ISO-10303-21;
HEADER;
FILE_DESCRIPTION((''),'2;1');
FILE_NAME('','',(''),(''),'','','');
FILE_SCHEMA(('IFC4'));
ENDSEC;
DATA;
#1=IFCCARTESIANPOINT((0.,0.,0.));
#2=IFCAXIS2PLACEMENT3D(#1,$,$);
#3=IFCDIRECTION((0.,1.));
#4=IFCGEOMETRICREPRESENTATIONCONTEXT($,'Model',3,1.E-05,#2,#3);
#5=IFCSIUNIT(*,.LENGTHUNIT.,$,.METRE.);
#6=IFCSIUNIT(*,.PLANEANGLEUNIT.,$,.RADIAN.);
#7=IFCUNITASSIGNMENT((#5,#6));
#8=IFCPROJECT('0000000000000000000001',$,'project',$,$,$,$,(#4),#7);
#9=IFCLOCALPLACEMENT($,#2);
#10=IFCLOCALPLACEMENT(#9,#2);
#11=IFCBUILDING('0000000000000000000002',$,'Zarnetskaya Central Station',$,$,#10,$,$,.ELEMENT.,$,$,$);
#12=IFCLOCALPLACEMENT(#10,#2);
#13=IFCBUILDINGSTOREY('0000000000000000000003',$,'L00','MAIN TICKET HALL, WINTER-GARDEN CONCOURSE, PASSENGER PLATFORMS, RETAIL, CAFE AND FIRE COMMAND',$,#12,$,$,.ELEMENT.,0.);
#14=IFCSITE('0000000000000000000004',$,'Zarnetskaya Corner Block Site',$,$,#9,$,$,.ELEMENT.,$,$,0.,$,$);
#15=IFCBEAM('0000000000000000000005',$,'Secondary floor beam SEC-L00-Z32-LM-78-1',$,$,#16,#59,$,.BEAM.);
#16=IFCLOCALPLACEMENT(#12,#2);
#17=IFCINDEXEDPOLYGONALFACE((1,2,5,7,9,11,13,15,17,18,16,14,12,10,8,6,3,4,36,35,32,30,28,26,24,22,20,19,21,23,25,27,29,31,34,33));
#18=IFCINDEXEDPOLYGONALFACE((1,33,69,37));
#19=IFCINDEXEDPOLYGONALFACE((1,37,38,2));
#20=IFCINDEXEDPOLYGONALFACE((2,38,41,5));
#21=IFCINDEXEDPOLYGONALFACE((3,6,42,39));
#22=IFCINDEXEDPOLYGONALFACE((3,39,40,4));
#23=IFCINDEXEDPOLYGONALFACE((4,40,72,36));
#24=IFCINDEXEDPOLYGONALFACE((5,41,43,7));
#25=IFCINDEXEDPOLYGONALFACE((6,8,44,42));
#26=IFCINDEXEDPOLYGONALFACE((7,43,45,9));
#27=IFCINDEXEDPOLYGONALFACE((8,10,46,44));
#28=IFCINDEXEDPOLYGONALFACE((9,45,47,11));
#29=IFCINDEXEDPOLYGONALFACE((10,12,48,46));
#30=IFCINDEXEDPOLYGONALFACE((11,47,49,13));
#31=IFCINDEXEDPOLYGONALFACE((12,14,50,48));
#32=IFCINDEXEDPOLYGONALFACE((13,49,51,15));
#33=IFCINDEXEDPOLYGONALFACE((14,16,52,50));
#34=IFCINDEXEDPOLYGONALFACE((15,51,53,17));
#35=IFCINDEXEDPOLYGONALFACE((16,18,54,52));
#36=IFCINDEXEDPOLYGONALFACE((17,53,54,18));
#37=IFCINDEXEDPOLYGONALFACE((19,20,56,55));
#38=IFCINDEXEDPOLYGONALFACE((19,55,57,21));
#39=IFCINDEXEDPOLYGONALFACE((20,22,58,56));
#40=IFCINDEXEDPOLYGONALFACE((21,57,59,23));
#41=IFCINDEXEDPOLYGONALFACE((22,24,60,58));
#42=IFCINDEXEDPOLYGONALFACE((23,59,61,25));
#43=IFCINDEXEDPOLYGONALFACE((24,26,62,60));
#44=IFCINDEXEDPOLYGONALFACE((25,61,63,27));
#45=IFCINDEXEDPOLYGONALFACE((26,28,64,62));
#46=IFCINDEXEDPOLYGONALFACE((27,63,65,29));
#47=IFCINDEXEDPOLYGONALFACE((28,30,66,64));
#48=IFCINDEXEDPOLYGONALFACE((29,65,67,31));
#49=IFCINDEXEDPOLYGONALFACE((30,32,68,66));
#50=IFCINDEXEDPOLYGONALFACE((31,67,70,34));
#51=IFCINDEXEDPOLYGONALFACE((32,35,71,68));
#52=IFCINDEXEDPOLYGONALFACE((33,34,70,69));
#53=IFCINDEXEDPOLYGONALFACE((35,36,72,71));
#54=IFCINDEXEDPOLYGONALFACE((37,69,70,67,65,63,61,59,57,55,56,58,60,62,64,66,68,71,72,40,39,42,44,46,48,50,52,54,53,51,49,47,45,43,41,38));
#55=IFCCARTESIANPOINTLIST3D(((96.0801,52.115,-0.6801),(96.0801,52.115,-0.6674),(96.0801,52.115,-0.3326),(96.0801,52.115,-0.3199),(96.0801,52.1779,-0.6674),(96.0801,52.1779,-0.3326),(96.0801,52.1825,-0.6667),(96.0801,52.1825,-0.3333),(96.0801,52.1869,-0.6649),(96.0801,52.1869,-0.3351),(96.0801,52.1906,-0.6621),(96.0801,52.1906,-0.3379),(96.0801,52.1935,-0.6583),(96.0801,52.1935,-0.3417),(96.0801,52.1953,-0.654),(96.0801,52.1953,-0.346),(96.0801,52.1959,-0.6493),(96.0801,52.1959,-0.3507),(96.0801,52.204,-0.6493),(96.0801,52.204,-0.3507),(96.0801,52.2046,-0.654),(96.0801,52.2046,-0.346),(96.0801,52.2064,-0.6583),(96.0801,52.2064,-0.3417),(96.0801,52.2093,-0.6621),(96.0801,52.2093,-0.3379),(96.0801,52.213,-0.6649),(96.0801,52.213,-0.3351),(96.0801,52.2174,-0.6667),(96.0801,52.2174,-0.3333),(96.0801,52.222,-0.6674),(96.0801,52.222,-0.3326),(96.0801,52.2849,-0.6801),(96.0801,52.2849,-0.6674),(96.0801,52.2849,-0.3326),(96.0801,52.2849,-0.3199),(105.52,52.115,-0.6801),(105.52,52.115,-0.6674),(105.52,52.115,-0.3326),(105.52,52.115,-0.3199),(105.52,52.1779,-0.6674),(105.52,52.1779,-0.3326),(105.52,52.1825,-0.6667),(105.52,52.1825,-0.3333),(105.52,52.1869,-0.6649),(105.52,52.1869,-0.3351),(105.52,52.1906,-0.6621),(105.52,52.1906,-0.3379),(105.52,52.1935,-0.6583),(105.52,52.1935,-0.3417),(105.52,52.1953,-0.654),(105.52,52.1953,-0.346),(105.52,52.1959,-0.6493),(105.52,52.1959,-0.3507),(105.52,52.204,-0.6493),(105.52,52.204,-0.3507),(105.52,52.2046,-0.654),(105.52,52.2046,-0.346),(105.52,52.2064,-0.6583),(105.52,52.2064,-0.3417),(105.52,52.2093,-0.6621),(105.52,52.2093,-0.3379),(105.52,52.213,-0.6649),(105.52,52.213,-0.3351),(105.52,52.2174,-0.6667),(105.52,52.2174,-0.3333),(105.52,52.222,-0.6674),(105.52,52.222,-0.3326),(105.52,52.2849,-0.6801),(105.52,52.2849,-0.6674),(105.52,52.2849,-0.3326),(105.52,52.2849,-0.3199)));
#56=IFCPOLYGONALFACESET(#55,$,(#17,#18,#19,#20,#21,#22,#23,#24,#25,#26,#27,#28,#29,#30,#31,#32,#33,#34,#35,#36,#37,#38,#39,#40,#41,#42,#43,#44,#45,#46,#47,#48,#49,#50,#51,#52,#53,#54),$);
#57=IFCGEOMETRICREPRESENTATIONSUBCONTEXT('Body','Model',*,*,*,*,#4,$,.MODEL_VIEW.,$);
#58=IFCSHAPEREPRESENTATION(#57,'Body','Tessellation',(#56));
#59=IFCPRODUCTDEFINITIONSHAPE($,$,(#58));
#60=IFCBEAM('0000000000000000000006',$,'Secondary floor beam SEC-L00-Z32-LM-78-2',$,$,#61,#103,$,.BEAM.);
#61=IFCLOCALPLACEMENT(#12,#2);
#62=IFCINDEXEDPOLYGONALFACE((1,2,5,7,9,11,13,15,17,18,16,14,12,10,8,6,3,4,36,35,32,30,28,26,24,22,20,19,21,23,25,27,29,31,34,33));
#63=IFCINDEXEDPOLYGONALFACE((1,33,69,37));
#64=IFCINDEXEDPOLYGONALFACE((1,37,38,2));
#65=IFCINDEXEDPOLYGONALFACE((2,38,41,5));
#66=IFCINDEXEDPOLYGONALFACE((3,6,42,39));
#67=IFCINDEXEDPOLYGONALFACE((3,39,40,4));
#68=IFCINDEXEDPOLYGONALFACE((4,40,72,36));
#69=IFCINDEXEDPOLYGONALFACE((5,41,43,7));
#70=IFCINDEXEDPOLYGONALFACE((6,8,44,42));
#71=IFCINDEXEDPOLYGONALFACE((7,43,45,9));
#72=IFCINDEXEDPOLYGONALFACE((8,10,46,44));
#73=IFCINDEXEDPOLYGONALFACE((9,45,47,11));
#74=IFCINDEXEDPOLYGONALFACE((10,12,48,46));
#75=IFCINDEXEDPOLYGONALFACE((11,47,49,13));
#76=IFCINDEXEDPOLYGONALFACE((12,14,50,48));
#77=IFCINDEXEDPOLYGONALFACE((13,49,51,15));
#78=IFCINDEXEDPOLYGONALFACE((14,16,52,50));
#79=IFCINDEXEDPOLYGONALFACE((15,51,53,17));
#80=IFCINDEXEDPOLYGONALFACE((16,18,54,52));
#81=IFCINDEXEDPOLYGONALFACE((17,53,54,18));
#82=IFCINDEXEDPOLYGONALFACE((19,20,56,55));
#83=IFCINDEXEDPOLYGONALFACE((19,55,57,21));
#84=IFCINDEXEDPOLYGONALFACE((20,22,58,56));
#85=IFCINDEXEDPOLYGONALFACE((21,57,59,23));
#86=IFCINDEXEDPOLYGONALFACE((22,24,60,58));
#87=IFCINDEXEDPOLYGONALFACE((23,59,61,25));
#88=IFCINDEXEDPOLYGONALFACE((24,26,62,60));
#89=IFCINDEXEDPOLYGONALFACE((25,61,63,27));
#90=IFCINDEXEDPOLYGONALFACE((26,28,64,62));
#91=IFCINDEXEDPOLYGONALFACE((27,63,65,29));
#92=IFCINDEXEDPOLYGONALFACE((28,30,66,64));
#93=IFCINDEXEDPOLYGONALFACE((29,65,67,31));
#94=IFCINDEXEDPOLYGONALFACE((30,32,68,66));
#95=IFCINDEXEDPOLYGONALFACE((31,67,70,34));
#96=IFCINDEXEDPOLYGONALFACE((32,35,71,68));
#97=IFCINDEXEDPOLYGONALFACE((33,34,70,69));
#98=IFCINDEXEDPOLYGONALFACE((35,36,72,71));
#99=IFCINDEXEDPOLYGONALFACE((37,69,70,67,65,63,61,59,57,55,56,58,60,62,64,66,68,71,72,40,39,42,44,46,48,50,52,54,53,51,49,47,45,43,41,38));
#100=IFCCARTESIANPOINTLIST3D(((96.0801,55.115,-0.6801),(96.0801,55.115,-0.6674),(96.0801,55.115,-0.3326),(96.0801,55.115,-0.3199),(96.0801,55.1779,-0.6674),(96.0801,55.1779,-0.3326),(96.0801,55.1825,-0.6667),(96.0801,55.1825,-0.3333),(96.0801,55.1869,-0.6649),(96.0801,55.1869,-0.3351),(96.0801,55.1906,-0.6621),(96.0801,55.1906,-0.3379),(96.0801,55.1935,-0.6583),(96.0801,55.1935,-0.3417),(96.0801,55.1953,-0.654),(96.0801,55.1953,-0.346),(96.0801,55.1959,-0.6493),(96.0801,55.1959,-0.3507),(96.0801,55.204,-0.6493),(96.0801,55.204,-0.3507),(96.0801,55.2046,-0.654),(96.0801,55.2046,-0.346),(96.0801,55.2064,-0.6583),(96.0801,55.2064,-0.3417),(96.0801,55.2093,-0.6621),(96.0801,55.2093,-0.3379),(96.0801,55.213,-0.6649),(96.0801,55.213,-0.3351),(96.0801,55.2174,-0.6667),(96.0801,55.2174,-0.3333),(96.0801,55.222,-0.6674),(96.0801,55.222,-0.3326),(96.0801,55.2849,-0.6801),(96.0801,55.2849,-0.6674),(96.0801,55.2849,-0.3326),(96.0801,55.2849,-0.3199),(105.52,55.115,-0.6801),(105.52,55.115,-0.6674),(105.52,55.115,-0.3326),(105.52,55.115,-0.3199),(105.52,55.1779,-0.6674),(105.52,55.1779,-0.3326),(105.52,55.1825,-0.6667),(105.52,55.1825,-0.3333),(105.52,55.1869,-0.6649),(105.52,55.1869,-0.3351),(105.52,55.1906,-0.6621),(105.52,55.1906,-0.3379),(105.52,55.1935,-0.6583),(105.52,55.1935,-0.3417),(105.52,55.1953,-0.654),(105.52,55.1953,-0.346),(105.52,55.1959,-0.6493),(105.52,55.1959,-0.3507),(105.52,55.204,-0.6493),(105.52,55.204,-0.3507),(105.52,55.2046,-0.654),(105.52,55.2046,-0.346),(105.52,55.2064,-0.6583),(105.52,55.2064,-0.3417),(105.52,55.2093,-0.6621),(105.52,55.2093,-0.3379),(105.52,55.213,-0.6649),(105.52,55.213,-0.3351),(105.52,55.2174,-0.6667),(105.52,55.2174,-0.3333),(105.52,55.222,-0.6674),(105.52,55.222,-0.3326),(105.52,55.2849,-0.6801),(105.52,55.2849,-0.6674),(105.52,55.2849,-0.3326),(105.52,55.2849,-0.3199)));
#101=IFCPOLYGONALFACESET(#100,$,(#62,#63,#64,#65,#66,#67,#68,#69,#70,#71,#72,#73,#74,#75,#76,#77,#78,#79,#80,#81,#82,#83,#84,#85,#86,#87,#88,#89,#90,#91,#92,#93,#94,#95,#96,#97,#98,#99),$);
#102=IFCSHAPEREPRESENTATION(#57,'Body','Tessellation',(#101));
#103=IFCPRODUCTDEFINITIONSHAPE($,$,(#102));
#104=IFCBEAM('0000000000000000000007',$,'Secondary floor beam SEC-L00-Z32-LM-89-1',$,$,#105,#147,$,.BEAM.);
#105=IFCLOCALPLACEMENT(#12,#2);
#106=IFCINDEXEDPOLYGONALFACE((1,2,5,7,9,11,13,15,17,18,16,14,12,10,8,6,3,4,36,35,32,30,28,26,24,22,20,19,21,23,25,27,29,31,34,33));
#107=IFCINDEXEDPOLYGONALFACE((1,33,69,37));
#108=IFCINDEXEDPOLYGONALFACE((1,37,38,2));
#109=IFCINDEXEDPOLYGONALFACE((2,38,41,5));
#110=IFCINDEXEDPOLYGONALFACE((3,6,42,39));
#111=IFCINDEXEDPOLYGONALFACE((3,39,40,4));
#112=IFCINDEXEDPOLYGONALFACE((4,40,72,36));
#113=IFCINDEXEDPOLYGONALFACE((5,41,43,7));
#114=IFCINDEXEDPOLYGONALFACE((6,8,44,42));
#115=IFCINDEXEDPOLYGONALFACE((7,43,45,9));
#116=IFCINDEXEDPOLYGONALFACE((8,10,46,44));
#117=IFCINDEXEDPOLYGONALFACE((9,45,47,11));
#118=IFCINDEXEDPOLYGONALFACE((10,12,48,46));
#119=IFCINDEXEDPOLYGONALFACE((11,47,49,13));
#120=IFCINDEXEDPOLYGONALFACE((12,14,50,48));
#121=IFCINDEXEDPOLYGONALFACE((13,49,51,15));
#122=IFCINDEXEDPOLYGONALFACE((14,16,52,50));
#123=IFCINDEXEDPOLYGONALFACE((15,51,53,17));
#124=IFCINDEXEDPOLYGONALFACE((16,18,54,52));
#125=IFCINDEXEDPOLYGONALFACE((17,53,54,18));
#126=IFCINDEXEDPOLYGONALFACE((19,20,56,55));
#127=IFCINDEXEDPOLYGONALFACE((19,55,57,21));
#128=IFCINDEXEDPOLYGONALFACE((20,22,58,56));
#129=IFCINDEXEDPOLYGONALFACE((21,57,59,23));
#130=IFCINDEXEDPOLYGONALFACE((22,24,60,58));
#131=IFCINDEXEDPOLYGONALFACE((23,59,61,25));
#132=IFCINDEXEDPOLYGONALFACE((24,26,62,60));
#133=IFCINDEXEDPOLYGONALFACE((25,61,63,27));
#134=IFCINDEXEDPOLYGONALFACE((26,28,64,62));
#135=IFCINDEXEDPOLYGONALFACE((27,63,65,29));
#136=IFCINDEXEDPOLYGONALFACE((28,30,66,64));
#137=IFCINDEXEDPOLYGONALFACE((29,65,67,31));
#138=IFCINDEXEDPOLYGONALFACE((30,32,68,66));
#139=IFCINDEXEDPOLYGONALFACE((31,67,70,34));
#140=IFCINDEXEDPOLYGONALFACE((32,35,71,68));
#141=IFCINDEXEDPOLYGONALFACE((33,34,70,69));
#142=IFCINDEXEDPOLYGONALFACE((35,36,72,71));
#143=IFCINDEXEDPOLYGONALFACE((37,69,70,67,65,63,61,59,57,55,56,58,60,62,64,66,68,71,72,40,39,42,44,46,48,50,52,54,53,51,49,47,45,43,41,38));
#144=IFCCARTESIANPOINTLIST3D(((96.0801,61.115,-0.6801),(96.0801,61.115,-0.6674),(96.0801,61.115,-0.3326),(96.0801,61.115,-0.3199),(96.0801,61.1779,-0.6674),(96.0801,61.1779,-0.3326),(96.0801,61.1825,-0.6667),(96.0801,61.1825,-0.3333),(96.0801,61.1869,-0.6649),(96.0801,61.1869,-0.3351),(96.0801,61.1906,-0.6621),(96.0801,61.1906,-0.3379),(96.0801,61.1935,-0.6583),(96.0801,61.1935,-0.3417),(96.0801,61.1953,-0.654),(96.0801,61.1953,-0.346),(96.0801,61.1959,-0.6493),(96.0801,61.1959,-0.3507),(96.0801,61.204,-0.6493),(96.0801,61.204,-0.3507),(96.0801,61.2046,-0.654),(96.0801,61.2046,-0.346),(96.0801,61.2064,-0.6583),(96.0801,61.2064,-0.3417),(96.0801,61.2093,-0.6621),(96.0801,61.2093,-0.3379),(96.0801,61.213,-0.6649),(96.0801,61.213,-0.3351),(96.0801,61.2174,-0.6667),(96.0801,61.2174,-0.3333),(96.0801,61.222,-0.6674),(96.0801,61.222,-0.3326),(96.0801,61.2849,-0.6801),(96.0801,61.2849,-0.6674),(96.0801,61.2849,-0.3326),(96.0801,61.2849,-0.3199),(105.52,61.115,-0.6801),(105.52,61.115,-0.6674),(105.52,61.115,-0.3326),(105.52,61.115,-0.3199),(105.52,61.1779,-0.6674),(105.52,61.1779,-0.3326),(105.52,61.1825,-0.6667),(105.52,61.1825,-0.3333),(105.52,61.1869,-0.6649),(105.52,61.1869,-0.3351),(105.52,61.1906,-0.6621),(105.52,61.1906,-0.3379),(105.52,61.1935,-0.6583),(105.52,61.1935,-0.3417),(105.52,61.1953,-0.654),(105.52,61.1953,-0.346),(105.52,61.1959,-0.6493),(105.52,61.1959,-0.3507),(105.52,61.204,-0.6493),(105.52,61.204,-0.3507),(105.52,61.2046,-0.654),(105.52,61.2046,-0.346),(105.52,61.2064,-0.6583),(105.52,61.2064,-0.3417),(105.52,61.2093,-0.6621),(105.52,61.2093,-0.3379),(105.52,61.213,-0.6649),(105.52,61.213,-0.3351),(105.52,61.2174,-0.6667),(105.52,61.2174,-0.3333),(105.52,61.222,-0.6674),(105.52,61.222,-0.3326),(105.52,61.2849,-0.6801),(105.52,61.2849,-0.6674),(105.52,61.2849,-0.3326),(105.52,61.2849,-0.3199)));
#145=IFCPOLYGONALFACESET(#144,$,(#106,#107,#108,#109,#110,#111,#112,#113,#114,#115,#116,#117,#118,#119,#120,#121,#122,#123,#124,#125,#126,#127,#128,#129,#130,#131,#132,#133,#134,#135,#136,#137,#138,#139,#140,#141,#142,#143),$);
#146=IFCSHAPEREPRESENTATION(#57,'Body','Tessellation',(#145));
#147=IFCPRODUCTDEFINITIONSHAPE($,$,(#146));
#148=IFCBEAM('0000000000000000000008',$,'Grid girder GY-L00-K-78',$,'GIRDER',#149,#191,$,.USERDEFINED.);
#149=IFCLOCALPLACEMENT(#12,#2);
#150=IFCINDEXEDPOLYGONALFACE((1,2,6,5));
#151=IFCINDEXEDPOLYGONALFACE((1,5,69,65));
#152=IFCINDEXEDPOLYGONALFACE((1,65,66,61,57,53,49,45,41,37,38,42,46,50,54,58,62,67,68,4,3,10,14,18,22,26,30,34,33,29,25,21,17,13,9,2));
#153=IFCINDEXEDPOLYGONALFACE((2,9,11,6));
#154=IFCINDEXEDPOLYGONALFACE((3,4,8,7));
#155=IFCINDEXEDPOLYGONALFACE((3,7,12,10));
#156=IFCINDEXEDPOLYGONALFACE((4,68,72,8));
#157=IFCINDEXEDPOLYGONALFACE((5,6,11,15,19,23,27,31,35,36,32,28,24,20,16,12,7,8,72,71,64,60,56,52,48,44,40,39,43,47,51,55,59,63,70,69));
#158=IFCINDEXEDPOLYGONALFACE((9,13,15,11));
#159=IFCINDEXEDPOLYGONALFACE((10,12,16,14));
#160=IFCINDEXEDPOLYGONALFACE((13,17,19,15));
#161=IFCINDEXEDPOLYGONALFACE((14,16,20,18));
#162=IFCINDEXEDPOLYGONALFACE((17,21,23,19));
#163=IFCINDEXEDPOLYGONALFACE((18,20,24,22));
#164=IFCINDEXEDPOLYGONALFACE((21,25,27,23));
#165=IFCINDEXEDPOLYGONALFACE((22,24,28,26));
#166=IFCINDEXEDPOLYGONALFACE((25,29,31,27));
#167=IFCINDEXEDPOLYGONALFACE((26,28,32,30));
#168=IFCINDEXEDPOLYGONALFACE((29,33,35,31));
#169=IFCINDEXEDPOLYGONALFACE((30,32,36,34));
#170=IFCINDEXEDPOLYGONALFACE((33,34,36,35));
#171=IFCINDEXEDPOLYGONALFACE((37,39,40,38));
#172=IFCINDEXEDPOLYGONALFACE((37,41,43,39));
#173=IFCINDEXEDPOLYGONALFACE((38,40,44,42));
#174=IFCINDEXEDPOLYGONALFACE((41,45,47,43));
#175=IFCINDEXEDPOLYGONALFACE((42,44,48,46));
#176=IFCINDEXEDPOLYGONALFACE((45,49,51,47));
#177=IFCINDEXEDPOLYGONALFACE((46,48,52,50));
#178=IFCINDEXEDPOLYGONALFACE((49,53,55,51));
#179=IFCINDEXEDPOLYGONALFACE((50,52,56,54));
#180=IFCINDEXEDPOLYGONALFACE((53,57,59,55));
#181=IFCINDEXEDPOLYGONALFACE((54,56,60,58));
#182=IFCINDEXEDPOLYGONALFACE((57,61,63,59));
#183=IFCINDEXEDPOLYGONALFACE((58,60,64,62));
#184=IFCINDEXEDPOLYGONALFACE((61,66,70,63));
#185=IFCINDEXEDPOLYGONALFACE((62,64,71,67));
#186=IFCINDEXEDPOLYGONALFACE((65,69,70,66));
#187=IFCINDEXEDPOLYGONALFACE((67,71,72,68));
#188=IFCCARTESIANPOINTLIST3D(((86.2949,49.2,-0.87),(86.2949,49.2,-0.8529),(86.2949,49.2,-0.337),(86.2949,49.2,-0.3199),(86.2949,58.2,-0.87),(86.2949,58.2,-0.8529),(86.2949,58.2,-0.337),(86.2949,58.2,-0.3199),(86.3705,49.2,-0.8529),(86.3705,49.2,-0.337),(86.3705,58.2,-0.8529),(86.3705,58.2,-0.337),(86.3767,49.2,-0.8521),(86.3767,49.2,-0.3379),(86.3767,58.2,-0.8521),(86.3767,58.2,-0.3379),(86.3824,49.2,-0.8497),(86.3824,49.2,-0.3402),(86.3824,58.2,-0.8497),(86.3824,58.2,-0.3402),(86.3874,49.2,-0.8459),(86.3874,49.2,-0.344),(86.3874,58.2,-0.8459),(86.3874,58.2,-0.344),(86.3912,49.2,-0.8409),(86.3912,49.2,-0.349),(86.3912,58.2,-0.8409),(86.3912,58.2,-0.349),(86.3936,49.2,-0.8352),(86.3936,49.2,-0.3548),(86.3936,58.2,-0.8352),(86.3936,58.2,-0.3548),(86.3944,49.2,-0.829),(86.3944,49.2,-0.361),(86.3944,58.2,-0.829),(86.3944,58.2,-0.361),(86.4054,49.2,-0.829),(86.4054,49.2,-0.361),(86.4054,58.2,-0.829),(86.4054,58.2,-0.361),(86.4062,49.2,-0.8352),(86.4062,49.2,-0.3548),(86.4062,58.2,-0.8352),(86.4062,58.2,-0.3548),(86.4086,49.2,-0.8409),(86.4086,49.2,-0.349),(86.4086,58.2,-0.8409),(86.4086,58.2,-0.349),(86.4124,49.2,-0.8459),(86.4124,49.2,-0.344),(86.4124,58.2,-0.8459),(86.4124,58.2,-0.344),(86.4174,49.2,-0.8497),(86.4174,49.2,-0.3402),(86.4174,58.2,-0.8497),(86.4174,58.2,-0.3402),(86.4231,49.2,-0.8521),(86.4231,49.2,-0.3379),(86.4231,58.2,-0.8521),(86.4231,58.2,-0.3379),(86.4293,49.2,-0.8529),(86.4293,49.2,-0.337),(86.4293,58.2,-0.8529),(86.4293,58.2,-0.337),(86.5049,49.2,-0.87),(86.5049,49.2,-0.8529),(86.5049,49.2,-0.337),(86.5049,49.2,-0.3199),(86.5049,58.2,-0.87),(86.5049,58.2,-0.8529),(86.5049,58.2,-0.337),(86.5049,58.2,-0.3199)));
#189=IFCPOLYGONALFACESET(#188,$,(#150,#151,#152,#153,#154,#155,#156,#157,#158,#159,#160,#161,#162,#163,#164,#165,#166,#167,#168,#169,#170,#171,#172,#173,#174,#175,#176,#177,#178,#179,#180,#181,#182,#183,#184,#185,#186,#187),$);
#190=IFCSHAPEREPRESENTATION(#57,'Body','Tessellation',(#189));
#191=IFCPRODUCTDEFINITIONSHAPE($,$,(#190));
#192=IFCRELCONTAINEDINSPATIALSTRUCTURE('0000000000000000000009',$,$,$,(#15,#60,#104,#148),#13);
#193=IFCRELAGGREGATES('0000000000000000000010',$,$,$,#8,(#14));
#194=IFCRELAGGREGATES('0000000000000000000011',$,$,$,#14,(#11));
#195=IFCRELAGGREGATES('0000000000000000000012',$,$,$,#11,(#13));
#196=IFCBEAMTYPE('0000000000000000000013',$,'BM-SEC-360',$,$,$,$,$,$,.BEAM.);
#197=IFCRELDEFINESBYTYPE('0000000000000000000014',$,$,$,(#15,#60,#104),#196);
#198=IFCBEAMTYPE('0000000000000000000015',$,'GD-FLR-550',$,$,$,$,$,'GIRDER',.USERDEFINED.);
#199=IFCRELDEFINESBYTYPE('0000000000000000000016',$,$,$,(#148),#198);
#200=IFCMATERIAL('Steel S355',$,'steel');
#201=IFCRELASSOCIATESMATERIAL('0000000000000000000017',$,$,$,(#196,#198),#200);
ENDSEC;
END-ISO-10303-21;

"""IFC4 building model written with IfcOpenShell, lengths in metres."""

from ifc_helpers import new_model, si_unit, direction, frame, origin, origin_2d, place, context, subcontext, project, spatial, i_section, extrude, material, material_profile, profile_set, type_object, element, save


model = new_model("IFC4")

# Units and contexts
model_context = context("Model", 3, precision=1e-05, world=origin(), true_north=direction((0.0, 1.0)))
body_context = subcontext(model_context, "Body", "Model", "MODEL_VIEW")
ifc_project = project(units=[si_unit("LENGTHUNIT", "METRE"), si_unit("PLANEANGLEUNIT", "RADIAN")], contexts=[model_context])

# Site, building, storey
site_placement = place(None, origin())
site = spatial("IfcSite", under=ifc_project, at=site_placement, Name="Zarnetskaya Corner Block Site", CompositionType="ELEMENT", RefElevation=0.0)
building_placement = place(site_placement, origin())
building = spatial("IfcBuilding", under=site, at=building_placement, Name="Zarnetskaya Central Station", CompositionType="ELEMENT")
storey_placement = place(building_placement, origin())
storey = spatial("IfcBuildingStorey", under=building, at=storey_placement, Name="L00", Description="MAIN TICKET HALL, WINTER-GARDEN CONCOURSE, PASSENGER PLATFORMS, RETAIL, CAFE AND FIRE COMMAND", CompositionType="ELEMENT", Elevation=0.0)

# Shared definitions
ifc_material_1 = material(Name="Steel S355", Category="steel")

# Beams
ifc_material_profile_1 = material_profile(ifc_material_1, i_section(OverallWidth=0.1699, OverallDepth=0.3601, WebThickness=0.0081, FlangeThickness=0.0127, FilletRadius=0.0181, at=origin_2d()), Name="IPE 360")
ifc_profile_set_1 = profile_set([ifc_material_profile_1], Name="Steel S355")
beam_type_1 = type_object("IfcBeamType", Name="BM-SEC-360", PredefinedType="BEAM", material=ifc_profile_set_1)
for number, where, z_axis, x_axis, name in (
    (1, (96.0801, 52.2, -0.5), (1.0, 0.0, 0.0), (0.0, 1.0, 0.0), "Secondary floor beam SEC-L00-Z32-LM-78-1"),
    (2, (96.0801, 55.2, -0.5), (1.0, 0.0, 0.0), (0.0, 1.0, 0.0), "Secondary floor beam SEC-L00-Z32-LM-78-2"),
    (3, (96.0801, 61.2, -0.5), (1.0, 0.0, 0.0), (0.0, 1.0, 0.0), "Secondary floor beam SEC-L00-Z32-LM-89-1"),
):
    element("IfcBeam", number, at=place(storey_placement, frame(where, z_axis=z_axis, x_axis=x_axis)), inside=storey, type_object=beam_type_1, Name=name, PredefinedType="BEAM", context=body_context, shape_type="SweptSolid", body=[
        extrude(i_section(OverallWidth=0.1699, OverallDepth=0.3601, WebThickness=0.0081, FlangeThickness=0.0127, FilletRadius=0.0181, at=origin_2d()), origin(), (0.0, 0.0, 1.0), 9.4399),
    ])
ifc_material_profile_2 = material_profile(ifc_material_1, i_section(OverallWidth=0.21, OverallDepth=0.55, WebThickness=0.011, FlangeThickness=0.0171, FilletRadius=0.0239, at=origin_2d()), Name="IPE 550")
ifc_profile_set_2 = profile_set([ifc_material_profile_2], Name="Steel S355")
beam_type_2 = type_object("IfcBeamType", Name="GD-FLR-550", ElementType="GIRDER", PredefinedType="USERDEFINED", material=ifc_profile_set_2)
for number, where, z_axis, x_axis, name in (
    (4, (86.3999, 49.2, -0.595), (0.0, 1.0, 0.0), (-1.0, 0.0, 0.0), "Grid girder GY-L00-K-78"),
):
    element("IfcBeam", number, at=place(storey_placement, frame(where, z_axis=z_axis, x_axis=x_axis)), inside=storey, type_object=beam_type_2, Name=name, ObjectType="GIRDER", PredefinedType="USERDEFINED", context=body_context, shape_type="SweptSolid", body=[
        extrude(i_section(OverallWidth=0.21, OverallDepth=0.55, WebThickness=0.011, FlangeThickness=0.0171, FilletRadius=0.0239, at=origin_2d()), origin(), (0.0, 0.0, 1.0), 9.0),
    ])

save(model, "model.ifc")
